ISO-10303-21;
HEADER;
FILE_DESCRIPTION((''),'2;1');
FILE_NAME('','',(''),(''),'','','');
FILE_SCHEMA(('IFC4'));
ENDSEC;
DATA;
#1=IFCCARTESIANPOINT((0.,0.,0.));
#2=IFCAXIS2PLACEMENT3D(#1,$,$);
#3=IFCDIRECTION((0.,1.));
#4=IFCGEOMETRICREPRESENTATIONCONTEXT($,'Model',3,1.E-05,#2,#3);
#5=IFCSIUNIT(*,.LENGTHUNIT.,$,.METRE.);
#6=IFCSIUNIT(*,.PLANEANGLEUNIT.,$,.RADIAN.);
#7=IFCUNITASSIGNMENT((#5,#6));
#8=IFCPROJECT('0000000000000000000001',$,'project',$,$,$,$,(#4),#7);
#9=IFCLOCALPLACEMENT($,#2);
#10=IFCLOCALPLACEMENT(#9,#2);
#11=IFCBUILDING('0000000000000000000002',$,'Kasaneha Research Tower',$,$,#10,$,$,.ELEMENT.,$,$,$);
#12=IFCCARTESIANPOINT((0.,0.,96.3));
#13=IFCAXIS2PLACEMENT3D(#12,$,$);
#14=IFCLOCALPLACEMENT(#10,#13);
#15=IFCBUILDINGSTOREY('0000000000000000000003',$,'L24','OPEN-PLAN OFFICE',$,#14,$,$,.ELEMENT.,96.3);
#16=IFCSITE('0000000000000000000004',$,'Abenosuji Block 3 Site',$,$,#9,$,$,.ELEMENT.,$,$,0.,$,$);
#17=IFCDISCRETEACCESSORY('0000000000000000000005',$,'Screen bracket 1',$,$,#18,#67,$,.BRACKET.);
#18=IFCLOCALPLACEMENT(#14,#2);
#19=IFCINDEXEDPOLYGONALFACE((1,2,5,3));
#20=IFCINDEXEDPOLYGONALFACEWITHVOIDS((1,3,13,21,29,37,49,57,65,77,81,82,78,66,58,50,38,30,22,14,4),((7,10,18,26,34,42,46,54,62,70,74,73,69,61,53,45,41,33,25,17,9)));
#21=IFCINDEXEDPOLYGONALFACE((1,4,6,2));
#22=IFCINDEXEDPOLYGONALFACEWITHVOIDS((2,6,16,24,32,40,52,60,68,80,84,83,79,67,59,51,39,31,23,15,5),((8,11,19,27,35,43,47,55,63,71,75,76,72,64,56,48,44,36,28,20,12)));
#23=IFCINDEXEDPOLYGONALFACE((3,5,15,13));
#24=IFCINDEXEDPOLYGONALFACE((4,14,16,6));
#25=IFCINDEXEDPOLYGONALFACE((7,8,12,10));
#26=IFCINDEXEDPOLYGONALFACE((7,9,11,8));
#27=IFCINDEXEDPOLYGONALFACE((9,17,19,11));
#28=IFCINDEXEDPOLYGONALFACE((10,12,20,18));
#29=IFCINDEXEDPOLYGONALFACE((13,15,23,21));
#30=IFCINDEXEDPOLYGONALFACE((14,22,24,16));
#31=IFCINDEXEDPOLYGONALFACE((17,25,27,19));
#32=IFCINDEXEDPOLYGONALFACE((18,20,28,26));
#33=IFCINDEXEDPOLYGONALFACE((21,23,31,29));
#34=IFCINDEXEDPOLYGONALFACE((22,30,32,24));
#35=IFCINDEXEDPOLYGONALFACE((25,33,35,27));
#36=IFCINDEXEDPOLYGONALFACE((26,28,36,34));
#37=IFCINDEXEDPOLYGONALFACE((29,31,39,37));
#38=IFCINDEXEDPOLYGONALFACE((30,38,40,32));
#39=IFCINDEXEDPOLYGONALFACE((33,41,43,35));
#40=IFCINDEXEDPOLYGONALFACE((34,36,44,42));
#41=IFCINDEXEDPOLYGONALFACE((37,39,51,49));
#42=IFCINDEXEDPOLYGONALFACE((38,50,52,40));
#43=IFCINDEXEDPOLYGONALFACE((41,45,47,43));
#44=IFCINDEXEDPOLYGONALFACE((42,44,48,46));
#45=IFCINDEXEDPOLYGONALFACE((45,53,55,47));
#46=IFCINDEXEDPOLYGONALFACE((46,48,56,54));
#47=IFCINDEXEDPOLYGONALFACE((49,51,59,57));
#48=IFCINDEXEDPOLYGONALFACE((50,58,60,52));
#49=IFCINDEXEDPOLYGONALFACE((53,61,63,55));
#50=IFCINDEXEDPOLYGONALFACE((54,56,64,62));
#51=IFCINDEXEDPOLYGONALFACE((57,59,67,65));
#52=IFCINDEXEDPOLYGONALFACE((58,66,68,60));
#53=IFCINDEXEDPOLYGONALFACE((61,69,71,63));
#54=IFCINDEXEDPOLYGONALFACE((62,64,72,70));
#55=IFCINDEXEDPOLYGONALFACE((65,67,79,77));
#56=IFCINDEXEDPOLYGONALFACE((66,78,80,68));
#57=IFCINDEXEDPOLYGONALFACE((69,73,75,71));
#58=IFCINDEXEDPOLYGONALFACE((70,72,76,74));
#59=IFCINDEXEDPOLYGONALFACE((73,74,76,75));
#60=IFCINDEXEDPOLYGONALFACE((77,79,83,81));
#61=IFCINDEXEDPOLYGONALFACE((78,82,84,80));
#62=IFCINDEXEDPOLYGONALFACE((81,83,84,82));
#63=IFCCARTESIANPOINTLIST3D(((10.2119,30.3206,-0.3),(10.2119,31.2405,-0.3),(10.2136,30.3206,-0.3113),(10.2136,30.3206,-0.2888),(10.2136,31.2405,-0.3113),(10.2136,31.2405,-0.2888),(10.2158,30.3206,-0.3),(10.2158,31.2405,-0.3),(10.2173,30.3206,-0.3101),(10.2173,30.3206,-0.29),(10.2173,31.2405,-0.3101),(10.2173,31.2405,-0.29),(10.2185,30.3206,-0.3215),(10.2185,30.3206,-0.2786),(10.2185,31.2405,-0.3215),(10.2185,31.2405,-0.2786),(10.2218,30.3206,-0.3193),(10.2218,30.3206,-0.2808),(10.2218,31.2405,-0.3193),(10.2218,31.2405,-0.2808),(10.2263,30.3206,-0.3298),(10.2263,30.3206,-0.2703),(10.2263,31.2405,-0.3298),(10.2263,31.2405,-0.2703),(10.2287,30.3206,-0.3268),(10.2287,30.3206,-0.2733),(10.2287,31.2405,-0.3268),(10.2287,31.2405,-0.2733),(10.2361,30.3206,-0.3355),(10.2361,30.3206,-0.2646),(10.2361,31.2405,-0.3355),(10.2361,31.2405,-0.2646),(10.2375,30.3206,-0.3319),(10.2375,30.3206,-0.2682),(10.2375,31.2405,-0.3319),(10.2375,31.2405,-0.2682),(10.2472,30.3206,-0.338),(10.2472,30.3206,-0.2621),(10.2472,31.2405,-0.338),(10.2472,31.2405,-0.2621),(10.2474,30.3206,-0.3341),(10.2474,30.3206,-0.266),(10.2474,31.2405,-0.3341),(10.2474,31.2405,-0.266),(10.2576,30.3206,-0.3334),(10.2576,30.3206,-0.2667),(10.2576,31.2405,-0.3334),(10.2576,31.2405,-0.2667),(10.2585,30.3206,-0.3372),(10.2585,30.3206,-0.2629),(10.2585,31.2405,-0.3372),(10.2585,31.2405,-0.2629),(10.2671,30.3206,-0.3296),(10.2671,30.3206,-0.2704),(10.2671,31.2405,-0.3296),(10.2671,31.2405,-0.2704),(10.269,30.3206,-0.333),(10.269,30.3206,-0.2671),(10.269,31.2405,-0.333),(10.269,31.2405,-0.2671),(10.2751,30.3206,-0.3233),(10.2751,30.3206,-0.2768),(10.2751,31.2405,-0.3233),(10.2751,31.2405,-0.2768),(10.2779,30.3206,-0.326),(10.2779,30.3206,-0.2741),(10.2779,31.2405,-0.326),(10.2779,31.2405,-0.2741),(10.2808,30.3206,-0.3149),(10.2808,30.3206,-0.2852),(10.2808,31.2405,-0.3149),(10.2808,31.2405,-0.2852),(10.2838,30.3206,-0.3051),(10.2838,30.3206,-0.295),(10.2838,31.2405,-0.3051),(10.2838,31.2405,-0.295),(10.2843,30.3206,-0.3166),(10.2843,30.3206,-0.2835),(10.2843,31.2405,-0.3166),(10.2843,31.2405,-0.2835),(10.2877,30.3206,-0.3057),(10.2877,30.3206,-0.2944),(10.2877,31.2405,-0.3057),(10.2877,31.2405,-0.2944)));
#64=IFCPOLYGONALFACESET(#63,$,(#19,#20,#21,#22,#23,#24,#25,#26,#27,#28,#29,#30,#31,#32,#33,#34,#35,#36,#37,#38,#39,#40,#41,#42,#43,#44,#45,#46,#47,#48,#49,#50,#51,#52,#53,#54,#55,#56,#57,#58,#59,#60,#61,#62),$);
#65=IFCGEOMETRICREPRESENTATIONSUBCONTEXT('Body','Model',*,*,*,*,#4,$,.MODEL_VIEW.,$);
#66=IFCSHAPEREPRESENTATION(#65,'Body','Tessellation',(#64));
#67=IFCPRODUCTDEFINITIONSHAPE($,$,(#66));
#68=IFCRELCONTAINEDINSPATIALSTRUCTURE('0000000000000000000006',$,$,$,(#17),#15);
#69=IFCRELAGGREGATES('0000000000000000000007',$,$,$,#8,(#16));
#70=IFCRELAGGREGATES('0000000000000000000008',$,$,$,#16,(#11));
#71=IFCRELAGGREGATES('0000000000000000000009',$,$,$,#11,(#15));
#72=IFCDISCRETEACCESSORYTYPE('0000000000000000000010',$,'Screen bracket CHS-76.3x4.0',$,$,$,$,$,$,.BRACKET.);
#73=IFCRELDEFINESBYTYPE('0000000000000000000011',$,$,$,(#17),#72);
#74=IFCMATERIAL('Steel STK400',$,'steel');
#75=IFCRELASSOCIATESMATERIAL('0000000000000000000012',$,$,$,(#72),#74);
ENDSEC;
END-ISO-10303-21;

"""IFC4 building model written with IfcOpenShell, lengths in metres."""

from ifc_helpers import new_model, si_unit, direction, frame, origin, origin_2d, place, context, subcontext, project, spatial, hollow_circle, extrude, material, material_profile, profile_set, type_object, element, save


model = new_model("IFC4")

# Units and contexts
model_context = context("Model", 3, precision=1e-05, world=origin(), true_north=direction((0.0, 1.0)))
body_context = subcontext(model_context, "Body", "Model", "MODEL_VIEW")
ifc_project = project(units=[si_unit("LENGTHUNIT", "METRE"), si_unit("PLANEANGLEUNIT", "RADIAN")], contexts=[model_context])

# Site, building, storey
site_placement = place(None, origin())
site = spatial("IfcSite", under=ifc_project, at=site_placement, Name="Abenosuji Block 3 Site", CompositionType="ELEMENT", RefElevation=0.0)
building_placement = place(site_placement, origin())
building = spatial("IfcBuilding", under=site, at=building_placement, Name="Kasaneha Research Tower", CompositionType="ELEMENT")
storey_placement = place(building_placement, frame((0.0, 0.0, 96.3)))
storey = spatial("IfcBuildingStorey", under=building, at=storey_placement, Name="L24", Description="OPEN-PLAN OFFICE", CompositionType="ELEMENT", Elevation=96.3)

# Discrete accessory
ifc_material_1 = material(Name="Steel STK400", Category="steel")
ifc_material_profile_1 = material_profile(ifc_material_1, hollow_circle(Radius=0.0381, WallThickness=0.0039, at=origin_2d()), Name="CHS-76.3x4.0")
ifc_profile_set_1 = profile_set([ifc_material_profile_1], Name="Steel STK400")
discrete_accessory_type = type_object("IfcDiscreteAccessoryType", Name="Screen bracket CHS-76.3x4.0", PredefinedType="BRACKET", material=ifc_profile_set_1)
for number, where, z_axis, x_axis, name in (
    (1, (10.25, 30.3206, -0.3), (0.0, 1.0, 0.0), (-1.0, 0.0, 0.0), "Screen bracket 1"),
):
    element("IfcDiscreteAccessory", number, at=place(storey_placement, frame(where, z_axis=z_axis, x_axis=x_axis)), inside=storey, type_object=discrete_accessory_type, Name=name, PredefinedType="BRACKET", context=body_context, shape_type="SweptSolid", body=[
        extrude(hollow_circle(Radius=0.0381, WallThickness=0.0039, at=origin_2d()), origin(), (0.0, 0.0, 1.0), 0.9199),
    ])

save(model, "model.ifc")
